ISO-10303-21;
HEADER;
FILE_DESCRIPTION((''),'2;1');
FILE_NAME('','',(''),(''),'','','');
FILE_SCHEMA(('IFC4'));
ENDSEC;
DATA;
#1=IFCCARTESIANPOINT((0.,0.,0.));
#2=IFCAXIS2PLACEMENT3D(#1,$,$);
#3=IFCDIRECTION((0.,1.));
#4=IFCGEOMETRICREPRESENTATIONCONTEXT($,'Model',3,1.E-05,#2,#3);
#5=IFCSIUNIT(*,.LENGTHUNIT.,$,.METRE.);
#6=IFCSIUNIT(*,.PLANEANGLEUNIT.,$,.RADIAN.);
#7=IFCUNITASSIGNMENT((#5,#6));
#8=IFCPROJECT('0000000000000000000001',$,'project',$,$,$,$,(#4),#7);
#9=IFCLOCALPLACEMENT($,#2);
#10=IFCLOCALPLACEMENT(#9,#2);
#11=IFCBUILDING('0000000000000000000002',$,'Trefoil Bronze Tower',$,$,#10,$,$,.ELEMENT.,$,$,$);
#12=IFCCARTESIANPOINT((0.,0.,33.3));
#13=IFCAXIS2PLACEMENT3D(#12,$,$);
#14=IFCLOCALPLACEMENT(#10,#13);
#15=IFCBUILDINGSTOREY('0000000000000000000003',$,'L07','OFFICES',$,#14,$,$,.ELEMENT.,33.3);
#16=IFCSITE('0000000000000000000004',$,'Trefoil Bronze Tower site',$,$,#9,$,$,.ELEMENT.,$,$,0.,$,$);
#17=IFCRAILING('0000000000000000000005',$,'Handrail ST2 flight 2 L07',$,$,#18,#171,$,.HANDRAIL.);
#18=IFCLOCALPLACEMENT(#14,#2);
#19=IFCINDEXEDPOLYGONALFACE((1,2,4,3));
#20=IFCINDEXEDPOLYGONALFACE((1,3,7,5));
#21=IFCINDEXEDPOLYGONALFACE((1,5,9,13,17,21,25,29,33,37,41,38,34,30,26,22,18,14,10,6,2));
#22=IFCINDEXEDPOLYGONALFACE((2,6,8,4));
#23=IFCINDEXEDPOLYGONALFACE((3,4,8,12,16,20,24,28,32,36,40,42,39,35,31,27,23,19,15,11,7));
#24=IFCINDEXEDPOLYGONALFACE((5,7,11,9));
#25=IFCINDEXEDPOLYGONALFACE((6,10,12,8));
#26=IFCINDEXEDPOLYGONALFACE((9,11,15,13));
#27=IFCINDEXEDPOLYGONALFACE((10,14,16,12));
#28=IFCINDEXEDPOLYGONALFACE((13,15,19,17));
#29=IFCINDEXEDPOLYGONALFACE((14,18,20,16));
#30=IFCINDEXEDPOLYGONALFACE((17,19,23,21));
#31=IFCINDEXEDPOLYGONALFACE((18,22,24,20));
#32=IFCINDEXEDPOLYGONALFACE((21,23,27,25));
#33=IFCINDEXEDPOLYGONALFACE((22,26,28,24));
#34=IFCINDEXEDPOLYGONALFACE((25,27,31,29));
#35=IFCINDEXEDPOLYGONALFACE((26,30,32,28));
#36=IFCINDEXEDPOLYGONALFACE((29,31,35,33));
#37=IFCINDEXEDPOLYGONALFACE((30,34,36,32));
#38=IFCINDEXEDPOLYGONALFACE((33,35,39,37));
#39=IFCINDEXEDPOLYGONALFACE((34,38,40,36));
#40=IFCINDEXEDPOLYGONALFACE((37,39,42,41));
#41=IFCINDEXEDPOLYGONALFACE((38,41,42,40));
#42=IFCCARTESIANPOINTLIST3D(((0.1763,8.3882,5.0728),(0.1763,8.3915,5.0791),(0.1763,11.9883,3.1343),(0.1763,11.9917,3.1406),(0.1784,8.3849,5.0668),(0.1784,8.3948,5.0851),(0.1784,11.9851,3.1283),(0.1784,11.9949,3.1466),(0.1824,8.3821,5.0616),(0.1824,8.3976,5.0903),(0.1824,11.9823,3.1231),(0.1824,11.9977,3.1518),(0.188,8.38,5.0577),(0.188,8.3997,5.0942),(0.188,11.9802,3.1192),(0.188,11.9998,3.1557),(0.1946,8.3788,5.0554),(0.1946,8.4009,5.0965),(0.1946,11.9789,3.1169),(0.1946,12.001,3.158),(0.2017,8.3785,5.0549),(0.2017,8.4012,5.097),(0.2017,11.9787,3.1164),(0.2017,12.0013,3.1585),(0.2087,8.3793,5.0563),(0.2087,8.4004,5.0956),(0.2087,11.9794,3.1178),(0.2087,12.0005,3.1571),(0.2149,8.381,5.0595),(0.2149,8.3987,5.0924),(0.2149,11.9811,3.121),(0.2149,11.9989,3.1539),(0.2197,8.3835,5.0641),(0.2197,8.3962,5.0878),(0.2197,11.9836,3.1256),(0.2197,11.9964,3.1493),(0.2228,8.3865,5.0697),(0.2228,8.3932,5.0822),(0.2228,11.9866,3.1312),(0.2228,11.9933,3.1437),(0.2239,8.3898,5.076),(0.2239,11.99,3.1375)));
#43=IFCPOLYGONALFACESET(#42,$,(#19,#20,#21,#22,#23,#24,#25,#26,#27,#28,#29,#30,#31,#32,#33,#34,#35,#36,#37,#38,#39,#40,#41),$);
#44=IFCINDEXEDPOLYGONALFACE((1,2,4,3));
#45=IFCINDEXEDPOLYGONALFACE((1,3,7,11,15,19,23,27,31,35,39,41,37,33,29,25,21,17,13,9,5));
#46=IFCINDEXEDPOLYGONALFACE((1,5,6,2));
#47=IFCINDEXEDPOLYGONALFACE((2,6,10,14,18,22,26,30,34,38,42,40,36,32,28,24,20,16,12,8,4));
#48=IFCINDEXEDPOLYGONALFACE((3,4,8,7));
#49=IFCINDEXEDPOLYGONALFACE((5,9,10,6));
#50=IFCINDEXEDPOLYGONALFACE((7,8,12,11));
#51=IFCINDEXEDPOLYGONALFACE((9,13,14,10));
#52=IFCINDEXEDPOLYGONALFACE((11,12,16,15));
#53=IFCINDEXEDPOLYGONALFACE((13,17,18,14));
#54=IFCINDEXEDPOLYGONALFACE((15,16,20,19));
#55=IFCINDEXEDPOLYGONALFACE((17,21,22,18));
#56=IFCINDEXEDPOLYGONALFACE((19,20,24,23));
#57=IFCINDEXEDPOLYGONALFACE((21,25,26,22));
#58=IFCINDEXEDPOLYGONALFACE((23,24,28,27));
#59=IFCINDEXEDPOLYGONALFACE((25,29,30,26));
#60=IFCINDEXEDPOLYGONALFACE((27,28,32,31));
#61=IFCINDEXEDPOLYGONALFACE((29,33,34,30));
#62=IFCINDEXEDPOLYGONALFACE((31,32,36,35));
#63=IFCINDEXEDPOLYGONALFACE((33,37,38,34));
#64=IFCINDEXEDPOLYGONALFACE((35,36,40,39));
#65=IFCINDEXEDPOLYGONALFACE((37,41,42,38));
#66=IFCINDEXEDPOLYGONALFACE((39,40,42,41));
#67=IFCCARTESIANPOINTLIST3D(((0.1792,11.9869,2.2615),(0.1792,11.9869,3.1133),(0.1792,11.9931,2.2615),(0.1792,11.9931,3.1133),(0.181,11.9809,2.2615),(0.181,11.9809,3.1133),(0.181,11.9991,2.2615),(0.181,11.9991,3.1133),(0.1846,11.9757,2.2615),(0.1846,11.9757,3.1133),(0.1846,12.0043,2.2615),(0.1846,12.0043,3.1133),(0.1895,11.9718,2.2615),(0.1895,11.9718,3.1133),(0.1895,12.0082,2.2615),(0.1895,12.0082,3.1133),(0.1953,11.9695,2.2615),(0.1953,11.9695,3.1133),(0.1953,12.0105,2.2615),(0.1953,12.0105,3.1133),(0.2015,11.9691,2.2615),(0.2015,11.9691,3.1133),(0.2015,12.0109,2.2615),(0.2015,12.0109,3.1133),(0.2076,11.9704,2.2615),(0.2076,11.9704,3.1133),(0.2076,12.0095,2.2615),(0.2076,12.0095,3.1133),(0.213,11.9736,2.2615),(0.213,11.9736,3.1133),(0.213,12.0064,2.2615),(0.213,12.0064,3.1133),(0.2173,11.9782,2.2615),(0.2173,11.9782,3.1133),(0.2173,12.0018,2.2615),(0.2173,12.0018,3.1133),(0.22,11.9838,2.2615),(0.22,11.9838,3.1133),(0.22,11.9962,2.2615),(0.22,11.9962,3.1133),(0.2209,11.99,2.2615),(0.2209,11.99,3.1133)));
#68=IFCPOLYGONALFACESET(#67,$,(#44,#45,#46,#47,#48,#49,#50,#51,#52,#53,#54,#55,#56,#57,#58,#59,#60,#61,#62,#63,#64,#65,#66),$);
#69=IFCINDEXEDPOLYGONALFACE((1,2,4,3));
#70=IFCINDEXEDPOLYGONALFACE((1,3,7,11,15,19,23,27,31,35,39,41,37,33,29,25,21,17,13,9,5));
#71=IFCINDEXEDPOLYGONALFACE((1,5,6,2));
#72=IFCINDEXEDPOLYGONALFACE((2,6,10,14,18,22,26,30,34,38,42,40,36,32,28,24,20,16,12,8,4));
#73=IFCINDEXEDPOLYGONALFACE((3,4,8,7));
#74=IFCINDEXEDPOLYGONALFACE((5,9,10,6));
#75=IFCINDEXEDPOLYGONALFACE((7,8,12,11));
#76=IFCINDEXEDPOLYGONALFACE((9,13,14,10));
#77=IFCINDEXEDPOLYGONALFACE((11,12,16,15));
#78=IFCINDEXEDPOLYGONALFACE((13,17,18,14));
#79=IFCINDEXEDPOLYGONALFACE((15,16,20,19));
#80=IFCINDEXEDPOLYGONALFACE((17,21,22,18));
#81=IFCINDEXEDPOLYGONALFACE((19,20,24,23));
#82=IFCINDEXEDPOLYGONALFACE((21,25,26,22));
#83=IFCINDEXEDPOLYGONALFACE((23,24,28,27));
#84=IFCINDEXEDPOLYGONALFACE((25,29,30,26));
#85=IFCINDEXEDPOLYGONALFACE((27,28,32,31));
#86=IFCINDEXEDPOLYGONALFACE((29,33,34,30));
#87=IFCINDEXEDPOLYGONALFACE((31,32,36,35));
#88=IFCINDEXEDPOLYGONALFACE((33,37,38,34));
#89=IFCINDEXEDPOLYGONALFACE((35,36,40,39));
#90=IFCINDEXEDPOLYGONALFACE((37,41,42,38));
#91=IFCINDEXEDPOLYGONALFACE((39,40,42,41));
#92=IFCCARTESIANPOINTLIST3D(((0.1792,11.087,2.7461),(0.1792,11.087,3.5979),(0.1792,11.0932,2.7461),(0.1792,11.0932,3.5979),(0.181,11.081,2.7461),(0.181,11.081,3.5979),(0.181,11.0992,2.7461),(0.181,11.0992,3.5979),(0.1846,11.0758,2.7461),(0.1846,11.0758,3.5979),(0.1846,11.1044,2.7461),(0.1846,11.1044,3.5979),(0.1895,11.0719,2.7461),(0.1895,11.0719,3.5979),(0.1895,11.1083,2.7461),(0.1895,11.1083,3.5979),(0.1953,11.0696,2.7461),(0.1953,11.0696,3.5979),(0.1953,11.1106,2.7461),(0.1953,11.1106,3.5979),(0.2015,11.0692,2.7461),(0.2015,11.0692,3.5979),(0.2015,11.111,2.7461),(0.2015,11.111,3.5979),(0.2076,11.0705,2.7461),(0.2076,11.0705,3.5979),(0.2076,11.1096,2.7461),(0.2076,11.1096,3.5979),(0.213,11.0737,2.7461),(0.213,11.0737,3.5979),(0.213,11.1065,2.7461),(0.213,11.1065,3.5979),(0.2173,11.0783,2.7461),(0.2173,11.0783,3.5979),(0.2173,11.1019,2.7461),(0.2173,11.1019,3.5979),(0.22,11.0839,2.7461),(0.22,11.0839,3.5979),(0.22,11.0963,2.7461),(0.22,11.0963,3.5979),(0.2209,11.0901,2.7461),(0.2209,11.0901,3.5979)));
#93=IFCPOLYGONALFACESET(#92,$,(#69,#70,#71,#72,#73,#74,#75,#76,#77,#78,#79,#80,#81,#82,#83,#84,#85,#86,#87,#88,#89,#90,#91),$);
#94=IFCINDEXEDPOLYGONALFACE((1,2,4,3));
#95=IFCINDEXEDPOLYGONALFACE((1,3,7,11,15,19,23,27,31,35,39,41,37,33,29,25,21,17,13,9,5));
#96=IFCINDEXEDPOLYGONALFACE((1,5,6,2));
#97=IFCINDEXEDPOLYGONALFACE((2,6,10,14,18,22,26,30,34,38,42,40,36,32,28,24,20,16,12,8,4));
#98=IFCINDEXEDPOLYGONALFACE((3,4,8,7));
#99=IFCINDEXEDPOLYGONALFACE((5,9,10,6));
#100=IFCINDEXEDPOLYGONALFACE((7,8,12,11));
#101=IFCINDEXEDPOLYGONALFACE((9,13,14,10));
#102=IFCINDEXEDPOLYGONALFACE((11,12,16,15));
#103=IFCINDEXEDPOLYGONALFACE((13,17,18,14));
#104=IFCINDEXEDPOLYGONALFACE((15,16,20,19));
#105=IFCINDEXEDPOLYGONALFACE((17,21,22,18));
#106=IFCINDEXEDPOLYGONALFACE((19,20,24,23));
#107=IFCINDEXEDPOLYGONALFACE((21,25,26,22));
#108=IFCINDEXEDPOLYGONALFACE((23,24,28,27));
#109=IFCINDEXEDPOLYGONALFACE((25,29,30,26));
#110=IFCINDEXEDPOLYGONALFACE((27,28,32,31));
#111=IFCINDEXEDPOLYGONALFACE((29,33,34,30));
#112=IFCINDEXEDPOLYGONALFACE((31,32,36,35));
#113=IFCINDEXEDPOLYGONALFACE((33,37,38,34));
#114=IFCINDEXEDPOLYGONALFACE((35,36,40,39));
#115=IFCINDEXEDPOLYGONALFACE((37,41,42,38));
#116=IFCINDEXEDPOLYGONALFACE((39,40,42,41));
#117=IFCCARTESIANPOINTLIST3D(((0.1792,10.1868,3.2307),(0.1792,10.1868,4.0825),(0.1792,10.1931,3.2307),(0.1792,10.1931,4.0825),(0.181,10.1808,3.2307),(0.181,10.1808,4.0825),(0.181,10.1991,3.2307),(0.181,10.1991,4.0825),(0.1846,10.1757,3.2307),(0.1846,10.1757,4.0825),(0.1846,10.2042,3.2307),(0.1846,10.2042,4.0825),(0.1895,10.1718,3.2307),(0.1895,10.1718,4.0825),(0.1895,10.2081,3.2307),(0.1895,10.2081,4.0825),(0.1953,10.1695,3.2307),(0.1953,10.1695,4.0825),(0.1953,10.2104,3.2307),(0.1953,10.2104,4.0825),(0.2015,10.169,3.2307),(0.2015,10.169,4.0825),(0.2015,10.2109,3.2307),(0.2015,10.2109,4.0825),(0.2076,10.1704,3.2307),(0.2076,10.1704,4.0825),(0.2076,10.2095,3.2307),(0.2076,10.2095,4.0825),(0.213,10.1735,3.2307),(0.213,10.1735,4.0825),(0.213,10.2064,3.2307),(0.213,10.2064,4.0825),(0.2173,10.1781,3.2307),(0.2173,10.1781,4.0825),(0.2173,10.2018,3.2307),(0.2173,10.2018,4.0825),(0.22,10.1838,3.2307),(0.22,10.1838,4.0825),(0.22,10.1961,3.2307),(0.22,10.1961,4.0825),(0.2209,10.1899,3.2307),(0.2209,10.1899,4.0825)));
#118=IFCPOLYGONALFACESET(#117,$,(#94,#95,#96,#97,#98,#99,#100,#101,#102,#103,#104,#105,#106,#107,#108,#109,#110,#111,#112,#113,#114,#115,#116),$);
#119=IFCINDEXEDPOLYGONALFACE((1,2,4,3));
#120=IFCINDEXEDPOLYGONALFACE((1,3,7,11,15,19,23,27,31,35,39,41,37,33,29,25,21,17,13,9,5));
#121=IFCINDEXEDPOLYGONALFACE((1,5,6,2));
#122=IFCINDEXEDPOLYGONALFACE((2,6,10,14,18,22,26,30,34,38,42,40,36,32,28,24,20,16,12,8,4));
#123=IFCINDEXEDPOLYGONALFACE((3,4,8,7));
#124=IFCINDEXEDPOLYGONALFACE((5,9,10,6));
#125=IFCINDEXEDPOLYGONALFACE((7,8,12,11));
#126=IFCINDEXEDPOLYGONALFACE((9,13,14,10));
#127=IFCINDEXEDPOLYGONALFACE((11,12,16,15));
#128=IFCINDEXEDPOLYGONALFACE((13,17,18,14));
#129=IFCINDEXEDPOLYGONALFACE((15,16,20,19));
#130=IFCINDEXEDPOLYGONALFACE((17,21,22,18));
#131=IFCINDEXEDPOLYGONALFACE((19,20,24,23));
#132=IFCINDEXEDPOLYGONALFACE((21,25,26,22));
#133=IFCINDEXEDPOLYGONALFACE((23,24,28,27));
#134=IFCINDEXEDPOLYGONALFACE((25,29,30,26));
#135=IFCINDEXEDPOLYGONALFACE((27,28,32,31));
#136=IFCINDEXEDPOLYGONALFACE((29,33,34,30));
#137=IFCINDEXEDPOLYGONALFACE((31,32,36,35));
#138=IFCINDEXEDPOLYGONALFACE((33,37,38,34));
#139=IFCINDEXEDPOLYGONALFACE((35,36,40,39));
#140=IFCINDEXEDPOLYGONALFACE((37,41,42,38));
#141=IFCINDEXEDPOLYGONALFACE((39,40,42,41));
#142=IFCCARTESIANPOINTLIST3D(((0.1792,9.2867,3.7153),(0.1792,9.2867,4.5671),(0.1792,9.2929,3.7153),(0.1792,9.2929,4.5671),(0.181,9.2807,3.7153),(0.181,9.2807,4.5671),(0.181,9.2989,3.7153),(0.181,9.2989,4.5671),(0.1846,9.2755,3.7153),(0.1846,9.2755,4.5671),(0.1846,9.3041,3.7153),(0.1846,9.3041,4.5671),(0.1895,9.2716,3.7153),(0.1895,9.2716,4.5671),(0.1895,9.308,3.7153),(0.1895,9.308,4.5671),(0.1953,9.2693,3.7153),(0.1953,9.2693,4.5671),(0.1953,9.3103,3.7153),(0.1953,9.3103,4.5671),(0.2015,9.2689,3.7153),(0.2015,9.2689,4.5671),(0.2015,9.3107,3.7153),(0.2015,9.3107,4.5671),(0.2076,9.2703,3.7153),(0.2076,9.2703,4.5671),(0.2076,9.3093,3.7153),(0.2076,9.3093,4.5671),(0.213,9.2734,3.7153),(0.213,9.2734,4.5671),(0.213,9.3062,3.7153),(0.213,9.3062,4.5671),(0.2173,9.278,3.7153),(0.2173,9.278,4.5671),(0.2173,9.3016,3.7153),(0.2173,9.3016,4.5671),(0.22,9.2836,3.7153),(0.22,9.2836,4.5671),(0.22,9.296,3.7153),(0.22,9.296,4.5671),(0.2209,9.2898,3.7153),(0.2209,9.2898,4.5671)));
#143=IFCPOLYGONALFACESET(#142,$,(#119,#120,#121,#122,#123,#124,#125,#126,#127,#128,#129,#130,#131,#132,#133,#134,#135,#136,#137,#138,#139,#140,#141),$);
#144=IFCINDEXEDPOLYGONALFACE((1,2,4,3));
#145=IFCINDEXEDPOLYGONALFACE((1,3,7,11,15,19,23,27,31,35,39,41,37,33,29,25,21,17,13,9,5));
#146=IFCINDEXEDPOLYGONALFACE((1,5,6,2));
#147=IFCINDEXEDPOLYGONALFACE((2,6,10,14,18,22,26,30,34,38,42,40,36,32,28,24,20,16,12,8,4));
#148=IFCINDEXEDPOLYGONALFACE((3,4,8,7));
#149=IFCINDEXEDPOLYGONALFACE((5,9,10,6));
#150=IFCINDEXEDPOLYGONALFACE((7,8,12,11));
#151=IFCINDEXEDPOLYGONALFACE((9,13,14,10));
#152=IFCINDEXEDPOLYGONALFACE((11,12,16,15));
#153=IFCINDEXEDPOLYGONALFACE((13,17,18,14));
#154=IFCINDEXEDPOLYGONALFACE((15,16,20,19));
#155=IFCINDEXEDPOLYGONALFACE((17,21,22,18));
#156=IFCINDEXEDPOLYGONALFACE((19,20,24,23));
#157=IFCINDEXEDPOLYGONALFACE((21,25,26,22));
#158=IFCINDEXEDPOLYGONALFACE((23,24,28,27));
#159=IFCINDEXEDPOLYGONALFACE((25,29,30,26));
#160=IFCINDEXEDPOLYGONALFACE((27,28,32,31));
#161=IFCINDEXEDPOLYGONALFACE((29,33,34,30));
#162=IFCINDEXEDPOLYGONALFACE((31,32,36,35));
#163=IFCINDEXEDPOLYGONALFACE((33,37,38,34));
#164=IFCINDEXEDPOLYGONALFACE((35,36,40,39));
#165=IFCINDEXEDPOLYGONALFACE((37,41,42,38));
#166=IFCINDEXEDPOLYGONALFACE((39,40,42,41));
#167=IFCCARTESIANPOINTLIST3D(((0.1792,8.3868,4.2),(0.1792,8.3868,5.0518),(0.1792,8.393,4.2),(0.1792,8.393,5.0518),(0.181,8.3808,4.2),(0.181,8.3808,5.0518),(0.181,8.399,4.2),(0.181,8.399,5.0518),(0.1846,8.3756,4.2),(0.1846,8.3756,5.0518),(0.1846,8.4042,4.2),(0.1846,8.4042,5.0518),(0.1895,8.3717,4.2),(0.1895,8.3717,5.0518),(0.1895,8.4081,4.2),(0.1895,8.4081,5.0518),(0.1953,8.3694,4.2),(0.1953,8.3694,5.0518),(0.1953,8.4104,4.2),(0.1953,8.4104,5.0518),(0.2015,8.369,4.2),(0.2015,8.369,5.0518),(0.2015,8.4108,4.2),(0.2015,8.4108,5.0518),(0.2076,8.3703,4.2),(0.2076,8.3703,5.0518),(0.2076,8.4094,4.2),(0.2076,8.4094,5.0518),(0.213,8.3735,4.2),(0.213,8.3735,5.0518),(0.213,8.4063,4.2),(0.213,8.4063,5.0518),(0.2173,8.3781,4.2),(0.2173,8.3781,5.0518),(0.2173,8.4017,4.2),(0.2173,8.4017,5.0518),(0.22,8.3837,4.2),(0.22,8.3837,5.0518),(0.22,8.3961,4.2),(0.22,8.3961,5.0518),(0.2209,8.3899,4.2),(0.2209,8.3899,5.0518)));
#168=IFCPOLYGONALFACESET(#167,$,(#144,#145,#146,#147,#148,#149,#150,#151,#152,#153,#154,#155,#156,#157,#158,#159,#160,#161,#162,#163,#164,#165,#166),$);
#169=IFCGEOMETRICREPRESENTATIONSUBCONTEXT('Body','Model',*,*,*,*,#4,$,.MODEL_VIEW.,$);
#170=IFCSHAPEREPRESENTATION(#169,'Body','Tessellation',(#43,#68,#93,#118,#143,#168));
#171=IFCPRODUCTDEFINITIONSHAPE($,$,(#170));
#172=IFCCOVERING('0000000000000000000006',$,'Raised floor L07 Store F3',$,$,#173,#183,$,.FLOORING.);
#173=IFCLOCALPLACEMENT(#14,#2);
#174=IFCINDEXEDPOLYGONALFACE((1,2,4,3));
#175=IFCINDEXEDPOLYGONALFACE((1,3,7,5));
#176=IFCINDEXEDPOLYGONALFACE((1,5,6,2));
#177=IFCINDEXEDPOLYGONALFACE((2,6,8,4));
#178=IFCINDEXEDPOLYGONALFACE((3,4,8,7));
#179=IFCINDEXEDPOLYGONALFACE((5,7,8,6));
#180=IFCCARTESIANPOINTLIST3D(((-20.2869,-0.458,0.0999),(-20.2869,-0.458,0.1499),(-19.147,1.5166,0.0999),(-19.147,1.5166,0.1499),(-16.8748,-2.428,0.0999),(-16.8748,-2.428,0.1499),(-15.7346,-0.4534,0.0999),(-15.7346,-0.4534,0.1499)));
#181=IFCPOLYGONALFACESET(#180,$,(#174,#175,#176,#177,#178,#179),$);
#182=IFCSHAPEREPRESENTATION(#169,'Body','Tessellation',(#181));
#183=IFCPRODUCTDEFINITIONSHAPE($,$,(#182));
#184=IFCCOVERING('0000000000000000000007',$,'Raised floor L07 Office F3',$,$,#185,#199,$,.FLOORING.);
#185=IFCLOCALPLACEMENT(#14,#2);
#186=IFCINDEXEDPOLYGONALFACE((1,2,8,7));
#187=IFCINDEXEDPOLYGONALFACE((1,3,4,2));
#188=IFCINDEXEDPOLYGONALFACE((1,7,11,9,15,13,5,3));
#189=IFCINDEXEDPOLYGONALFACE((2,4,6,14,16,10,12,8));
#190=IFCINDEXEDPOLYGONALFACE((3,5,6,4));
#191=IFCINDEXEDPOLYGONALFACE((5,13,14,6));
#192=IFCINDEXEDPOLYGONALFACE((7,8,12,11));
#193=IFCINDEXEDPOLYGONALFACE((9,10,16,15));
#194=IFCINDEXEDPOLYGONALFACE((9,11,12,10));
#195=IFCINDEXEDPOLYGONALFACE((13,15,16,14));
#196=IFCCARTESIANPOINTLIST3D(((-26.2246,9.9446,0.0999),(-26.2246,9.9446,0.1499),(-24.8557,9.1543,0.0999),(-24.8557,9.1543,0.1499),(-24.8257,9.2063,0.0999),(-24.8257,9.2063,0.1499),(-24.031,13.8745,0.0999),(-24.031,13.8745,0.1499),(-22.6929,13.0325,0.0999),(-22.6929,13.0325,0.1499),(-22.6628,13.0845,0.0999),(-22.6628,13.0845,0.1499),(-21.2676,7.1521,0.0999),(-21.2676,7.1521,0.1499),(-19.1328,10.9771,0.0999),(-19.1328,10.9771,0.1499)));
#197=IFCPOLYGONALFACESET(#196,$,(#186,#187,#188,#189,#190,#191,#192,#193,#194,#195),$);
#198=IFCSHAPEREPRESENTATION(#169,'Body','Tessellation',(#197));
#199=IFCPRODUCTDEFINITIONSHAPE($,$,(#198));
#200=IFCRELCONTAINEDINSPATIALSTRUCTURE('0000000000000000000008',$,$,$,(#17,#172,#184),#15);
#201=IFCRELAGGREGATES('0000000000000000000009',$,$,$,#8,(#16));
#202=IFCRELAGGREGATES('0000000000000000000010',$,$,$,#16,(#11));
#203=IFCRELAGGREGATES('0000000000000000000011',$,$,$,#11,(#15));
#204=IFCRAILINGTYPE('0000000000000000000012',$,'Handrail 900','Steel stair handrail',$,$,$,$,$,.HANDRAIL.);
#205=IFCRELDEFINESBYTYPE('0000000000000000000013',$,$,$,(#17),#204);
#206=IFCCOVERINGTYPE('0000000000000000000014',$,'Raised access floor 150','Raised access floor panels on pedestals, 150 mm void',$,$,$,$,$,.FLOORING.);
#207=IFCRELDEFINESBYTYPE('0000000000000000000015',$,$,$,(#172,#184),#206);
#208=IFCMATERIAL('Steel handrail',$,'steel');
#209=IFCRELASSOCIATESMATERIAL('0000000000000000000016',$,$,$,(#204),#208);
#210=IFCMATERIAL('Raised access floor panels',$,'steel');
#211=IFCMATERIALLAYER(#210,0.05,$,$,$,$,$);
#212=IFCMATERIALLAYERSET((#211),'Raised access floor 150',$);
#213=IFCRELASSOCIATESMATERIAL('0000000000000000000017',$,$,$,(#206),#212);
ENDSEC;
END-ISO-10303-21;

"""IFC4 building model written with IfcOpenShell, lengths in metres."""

from ifc_helpers import new_model, si_unit, direction, frame, origin, origin_2d, place, context, subcontext, project, spatial, polyline, circle, outline, extrude, material, layer, layer_set, type_object, element, save


model = new_model("IFC4")

# Units and contexts
model_context = context("Model", 3, precision=1e-05, world=origin(), true_north=direction((0.0, 1.0)))
body_context = subcontext(model_context, "Body", "Model", "MODEL_VIEW")
ifc_project = project(units=[si_unit("LENGTHUNIT", "METRE"), si_unit("PLANEANGLEUNIT", "RADIAN")], contexts=[model_context])

# Site, building, storey
site_placement = place(None, origin())
site = spatial("IfcSite", under=ifc_project, at=site_placement, Name="Trefoil Bronze Tower site", CompositionType="ELEMENT", RefElevation=0.0)
building_placement = place(site_placement, origin())
building = spatial("IfcBuilding", under=site, at=building_placement, Name="Trefoil Bronze Tower", CompositionType="ELEMENT")
storey_placement = place(building_placement, frame((0.0, 0.0, 33.3)))
storey = spatial("IfcBuildingStorey", under=building, at=storey_placement, Name="L07", Description="OFFICES", CompositionType="ELEMENT", Elevation=33.3)

# Railing
ifc_material_1 = material(Name="Steel handrail", Category="steel")
railing_type = type_object("IfcRailingType", Name="Handrail 900", Description="Steel stair handrail", PredefinedType="HANDRAIL", material=ifc_material_1)
railing_placement = place(storey_placement, frame((0.2, 11.99, 2.2615)))
element("IfcRailing", 1, at=railing_placement, inside=storey, type_object=railing_type, Name="Handrail ST2 flight 2 L07", PredefinedType="HANDRAIL", context=body_context, shape_type="SweptSolid", body=[
    extrude(circle(Radius=0.0239, at=origin_2d()), frame((0.0, 0.0, 0.876), z_axis=(0.0, -0.880475, 0.474093), x_axis=(1.0, 0.0, 0.0)), (0.0, 0.0, 1.0), 4.0889),
    extrude(circle(Radius=0.021, at=origin_2d()), origin(), (0.0, 0.0, 1.0), 0.8518),
    extrude(circle(Radius=0.021, at=origin_2d()), frame((0.0, -0.8999, 0.4846)), (0.0, 0.0, 1.0), 0.8518),
    extrude(circle(Radius=0.021, at=origin_2d()), frame((0.0, -1.8, 0.9692)), (0.0, 0.0, 1.0), 0.8518),
    extrude(circle(Radius=0.021, at=origin_2d()), frame((0.0, -2.7002, 1.4539)), (0.0, 0.0, 1.0), 0.8518),
    extrude(circle(Radius=0.021, at=origin_2d()), frame((0.0, -3.6001, 1.9385)), (0.0, 0.0, 1.0), 0.8518),
])

# Coverings
ifc_material_2 = material(Name="Raised access floor panels", Category="steel")
ifc_layer_1 = layer(ifc_material_2, 0.05)
ifc_layer_set_1 = layer_set([ifc_layer_1], Name="Raised access floor 150")
covering_type = type_object("IfcCoveringType", Name="Raised access floor 150", Description="Raised access floor panels on pedestals, 150 mm void", PredefinedType="FLOORING", material=ifc_layer_set_1)
covering_1_placement = place(storey_placement, frame((0.0, 0.0, 0.0999)))
element("IfcCovering", 2, at=covering_1_placement, inside=storey, type_object=covering_type, Name="Raised floor L07 Store F3", PredefinedType="FLOORING", context=body_context, shape_type="SweptSolid", body=[
    extrude(outline(polyline([(-16.8748, -2.428), (-20.2869, -0.458), (-19.147, 1.5166), (-15.7346, -0.4534), (-16.8748, -2.428)])), origin(), (0.0, 0.0, 1.0), 0.05),
])
covering_2_placement = place(storey_placement, frame((0.0, 0.0, 0.0999)))
element("IfcCovering", 3, at=covering_2_placement, inside=storey, type_object=covering_type, Name="Raised floor L07 Office F3", PredefinedType="FLOORING", context=body_context, shape_type="SweptSolid", body=[
    extrude(outline(polyline([(-26.2246, 9.9446), (-24.031, 13.8745), (-22.6628, 13.0845), (-22.6929, 13.0325), (-19.1328, 10.9771), (-21.2676, 7.1521), (-24.8257, 9.2063), (-24.8557, 9.1543), (-26.2246, 9.9446)])), origin(), (0.0, 0.0, 1.0), 0.05),
])

save(model, "model.ifc")
